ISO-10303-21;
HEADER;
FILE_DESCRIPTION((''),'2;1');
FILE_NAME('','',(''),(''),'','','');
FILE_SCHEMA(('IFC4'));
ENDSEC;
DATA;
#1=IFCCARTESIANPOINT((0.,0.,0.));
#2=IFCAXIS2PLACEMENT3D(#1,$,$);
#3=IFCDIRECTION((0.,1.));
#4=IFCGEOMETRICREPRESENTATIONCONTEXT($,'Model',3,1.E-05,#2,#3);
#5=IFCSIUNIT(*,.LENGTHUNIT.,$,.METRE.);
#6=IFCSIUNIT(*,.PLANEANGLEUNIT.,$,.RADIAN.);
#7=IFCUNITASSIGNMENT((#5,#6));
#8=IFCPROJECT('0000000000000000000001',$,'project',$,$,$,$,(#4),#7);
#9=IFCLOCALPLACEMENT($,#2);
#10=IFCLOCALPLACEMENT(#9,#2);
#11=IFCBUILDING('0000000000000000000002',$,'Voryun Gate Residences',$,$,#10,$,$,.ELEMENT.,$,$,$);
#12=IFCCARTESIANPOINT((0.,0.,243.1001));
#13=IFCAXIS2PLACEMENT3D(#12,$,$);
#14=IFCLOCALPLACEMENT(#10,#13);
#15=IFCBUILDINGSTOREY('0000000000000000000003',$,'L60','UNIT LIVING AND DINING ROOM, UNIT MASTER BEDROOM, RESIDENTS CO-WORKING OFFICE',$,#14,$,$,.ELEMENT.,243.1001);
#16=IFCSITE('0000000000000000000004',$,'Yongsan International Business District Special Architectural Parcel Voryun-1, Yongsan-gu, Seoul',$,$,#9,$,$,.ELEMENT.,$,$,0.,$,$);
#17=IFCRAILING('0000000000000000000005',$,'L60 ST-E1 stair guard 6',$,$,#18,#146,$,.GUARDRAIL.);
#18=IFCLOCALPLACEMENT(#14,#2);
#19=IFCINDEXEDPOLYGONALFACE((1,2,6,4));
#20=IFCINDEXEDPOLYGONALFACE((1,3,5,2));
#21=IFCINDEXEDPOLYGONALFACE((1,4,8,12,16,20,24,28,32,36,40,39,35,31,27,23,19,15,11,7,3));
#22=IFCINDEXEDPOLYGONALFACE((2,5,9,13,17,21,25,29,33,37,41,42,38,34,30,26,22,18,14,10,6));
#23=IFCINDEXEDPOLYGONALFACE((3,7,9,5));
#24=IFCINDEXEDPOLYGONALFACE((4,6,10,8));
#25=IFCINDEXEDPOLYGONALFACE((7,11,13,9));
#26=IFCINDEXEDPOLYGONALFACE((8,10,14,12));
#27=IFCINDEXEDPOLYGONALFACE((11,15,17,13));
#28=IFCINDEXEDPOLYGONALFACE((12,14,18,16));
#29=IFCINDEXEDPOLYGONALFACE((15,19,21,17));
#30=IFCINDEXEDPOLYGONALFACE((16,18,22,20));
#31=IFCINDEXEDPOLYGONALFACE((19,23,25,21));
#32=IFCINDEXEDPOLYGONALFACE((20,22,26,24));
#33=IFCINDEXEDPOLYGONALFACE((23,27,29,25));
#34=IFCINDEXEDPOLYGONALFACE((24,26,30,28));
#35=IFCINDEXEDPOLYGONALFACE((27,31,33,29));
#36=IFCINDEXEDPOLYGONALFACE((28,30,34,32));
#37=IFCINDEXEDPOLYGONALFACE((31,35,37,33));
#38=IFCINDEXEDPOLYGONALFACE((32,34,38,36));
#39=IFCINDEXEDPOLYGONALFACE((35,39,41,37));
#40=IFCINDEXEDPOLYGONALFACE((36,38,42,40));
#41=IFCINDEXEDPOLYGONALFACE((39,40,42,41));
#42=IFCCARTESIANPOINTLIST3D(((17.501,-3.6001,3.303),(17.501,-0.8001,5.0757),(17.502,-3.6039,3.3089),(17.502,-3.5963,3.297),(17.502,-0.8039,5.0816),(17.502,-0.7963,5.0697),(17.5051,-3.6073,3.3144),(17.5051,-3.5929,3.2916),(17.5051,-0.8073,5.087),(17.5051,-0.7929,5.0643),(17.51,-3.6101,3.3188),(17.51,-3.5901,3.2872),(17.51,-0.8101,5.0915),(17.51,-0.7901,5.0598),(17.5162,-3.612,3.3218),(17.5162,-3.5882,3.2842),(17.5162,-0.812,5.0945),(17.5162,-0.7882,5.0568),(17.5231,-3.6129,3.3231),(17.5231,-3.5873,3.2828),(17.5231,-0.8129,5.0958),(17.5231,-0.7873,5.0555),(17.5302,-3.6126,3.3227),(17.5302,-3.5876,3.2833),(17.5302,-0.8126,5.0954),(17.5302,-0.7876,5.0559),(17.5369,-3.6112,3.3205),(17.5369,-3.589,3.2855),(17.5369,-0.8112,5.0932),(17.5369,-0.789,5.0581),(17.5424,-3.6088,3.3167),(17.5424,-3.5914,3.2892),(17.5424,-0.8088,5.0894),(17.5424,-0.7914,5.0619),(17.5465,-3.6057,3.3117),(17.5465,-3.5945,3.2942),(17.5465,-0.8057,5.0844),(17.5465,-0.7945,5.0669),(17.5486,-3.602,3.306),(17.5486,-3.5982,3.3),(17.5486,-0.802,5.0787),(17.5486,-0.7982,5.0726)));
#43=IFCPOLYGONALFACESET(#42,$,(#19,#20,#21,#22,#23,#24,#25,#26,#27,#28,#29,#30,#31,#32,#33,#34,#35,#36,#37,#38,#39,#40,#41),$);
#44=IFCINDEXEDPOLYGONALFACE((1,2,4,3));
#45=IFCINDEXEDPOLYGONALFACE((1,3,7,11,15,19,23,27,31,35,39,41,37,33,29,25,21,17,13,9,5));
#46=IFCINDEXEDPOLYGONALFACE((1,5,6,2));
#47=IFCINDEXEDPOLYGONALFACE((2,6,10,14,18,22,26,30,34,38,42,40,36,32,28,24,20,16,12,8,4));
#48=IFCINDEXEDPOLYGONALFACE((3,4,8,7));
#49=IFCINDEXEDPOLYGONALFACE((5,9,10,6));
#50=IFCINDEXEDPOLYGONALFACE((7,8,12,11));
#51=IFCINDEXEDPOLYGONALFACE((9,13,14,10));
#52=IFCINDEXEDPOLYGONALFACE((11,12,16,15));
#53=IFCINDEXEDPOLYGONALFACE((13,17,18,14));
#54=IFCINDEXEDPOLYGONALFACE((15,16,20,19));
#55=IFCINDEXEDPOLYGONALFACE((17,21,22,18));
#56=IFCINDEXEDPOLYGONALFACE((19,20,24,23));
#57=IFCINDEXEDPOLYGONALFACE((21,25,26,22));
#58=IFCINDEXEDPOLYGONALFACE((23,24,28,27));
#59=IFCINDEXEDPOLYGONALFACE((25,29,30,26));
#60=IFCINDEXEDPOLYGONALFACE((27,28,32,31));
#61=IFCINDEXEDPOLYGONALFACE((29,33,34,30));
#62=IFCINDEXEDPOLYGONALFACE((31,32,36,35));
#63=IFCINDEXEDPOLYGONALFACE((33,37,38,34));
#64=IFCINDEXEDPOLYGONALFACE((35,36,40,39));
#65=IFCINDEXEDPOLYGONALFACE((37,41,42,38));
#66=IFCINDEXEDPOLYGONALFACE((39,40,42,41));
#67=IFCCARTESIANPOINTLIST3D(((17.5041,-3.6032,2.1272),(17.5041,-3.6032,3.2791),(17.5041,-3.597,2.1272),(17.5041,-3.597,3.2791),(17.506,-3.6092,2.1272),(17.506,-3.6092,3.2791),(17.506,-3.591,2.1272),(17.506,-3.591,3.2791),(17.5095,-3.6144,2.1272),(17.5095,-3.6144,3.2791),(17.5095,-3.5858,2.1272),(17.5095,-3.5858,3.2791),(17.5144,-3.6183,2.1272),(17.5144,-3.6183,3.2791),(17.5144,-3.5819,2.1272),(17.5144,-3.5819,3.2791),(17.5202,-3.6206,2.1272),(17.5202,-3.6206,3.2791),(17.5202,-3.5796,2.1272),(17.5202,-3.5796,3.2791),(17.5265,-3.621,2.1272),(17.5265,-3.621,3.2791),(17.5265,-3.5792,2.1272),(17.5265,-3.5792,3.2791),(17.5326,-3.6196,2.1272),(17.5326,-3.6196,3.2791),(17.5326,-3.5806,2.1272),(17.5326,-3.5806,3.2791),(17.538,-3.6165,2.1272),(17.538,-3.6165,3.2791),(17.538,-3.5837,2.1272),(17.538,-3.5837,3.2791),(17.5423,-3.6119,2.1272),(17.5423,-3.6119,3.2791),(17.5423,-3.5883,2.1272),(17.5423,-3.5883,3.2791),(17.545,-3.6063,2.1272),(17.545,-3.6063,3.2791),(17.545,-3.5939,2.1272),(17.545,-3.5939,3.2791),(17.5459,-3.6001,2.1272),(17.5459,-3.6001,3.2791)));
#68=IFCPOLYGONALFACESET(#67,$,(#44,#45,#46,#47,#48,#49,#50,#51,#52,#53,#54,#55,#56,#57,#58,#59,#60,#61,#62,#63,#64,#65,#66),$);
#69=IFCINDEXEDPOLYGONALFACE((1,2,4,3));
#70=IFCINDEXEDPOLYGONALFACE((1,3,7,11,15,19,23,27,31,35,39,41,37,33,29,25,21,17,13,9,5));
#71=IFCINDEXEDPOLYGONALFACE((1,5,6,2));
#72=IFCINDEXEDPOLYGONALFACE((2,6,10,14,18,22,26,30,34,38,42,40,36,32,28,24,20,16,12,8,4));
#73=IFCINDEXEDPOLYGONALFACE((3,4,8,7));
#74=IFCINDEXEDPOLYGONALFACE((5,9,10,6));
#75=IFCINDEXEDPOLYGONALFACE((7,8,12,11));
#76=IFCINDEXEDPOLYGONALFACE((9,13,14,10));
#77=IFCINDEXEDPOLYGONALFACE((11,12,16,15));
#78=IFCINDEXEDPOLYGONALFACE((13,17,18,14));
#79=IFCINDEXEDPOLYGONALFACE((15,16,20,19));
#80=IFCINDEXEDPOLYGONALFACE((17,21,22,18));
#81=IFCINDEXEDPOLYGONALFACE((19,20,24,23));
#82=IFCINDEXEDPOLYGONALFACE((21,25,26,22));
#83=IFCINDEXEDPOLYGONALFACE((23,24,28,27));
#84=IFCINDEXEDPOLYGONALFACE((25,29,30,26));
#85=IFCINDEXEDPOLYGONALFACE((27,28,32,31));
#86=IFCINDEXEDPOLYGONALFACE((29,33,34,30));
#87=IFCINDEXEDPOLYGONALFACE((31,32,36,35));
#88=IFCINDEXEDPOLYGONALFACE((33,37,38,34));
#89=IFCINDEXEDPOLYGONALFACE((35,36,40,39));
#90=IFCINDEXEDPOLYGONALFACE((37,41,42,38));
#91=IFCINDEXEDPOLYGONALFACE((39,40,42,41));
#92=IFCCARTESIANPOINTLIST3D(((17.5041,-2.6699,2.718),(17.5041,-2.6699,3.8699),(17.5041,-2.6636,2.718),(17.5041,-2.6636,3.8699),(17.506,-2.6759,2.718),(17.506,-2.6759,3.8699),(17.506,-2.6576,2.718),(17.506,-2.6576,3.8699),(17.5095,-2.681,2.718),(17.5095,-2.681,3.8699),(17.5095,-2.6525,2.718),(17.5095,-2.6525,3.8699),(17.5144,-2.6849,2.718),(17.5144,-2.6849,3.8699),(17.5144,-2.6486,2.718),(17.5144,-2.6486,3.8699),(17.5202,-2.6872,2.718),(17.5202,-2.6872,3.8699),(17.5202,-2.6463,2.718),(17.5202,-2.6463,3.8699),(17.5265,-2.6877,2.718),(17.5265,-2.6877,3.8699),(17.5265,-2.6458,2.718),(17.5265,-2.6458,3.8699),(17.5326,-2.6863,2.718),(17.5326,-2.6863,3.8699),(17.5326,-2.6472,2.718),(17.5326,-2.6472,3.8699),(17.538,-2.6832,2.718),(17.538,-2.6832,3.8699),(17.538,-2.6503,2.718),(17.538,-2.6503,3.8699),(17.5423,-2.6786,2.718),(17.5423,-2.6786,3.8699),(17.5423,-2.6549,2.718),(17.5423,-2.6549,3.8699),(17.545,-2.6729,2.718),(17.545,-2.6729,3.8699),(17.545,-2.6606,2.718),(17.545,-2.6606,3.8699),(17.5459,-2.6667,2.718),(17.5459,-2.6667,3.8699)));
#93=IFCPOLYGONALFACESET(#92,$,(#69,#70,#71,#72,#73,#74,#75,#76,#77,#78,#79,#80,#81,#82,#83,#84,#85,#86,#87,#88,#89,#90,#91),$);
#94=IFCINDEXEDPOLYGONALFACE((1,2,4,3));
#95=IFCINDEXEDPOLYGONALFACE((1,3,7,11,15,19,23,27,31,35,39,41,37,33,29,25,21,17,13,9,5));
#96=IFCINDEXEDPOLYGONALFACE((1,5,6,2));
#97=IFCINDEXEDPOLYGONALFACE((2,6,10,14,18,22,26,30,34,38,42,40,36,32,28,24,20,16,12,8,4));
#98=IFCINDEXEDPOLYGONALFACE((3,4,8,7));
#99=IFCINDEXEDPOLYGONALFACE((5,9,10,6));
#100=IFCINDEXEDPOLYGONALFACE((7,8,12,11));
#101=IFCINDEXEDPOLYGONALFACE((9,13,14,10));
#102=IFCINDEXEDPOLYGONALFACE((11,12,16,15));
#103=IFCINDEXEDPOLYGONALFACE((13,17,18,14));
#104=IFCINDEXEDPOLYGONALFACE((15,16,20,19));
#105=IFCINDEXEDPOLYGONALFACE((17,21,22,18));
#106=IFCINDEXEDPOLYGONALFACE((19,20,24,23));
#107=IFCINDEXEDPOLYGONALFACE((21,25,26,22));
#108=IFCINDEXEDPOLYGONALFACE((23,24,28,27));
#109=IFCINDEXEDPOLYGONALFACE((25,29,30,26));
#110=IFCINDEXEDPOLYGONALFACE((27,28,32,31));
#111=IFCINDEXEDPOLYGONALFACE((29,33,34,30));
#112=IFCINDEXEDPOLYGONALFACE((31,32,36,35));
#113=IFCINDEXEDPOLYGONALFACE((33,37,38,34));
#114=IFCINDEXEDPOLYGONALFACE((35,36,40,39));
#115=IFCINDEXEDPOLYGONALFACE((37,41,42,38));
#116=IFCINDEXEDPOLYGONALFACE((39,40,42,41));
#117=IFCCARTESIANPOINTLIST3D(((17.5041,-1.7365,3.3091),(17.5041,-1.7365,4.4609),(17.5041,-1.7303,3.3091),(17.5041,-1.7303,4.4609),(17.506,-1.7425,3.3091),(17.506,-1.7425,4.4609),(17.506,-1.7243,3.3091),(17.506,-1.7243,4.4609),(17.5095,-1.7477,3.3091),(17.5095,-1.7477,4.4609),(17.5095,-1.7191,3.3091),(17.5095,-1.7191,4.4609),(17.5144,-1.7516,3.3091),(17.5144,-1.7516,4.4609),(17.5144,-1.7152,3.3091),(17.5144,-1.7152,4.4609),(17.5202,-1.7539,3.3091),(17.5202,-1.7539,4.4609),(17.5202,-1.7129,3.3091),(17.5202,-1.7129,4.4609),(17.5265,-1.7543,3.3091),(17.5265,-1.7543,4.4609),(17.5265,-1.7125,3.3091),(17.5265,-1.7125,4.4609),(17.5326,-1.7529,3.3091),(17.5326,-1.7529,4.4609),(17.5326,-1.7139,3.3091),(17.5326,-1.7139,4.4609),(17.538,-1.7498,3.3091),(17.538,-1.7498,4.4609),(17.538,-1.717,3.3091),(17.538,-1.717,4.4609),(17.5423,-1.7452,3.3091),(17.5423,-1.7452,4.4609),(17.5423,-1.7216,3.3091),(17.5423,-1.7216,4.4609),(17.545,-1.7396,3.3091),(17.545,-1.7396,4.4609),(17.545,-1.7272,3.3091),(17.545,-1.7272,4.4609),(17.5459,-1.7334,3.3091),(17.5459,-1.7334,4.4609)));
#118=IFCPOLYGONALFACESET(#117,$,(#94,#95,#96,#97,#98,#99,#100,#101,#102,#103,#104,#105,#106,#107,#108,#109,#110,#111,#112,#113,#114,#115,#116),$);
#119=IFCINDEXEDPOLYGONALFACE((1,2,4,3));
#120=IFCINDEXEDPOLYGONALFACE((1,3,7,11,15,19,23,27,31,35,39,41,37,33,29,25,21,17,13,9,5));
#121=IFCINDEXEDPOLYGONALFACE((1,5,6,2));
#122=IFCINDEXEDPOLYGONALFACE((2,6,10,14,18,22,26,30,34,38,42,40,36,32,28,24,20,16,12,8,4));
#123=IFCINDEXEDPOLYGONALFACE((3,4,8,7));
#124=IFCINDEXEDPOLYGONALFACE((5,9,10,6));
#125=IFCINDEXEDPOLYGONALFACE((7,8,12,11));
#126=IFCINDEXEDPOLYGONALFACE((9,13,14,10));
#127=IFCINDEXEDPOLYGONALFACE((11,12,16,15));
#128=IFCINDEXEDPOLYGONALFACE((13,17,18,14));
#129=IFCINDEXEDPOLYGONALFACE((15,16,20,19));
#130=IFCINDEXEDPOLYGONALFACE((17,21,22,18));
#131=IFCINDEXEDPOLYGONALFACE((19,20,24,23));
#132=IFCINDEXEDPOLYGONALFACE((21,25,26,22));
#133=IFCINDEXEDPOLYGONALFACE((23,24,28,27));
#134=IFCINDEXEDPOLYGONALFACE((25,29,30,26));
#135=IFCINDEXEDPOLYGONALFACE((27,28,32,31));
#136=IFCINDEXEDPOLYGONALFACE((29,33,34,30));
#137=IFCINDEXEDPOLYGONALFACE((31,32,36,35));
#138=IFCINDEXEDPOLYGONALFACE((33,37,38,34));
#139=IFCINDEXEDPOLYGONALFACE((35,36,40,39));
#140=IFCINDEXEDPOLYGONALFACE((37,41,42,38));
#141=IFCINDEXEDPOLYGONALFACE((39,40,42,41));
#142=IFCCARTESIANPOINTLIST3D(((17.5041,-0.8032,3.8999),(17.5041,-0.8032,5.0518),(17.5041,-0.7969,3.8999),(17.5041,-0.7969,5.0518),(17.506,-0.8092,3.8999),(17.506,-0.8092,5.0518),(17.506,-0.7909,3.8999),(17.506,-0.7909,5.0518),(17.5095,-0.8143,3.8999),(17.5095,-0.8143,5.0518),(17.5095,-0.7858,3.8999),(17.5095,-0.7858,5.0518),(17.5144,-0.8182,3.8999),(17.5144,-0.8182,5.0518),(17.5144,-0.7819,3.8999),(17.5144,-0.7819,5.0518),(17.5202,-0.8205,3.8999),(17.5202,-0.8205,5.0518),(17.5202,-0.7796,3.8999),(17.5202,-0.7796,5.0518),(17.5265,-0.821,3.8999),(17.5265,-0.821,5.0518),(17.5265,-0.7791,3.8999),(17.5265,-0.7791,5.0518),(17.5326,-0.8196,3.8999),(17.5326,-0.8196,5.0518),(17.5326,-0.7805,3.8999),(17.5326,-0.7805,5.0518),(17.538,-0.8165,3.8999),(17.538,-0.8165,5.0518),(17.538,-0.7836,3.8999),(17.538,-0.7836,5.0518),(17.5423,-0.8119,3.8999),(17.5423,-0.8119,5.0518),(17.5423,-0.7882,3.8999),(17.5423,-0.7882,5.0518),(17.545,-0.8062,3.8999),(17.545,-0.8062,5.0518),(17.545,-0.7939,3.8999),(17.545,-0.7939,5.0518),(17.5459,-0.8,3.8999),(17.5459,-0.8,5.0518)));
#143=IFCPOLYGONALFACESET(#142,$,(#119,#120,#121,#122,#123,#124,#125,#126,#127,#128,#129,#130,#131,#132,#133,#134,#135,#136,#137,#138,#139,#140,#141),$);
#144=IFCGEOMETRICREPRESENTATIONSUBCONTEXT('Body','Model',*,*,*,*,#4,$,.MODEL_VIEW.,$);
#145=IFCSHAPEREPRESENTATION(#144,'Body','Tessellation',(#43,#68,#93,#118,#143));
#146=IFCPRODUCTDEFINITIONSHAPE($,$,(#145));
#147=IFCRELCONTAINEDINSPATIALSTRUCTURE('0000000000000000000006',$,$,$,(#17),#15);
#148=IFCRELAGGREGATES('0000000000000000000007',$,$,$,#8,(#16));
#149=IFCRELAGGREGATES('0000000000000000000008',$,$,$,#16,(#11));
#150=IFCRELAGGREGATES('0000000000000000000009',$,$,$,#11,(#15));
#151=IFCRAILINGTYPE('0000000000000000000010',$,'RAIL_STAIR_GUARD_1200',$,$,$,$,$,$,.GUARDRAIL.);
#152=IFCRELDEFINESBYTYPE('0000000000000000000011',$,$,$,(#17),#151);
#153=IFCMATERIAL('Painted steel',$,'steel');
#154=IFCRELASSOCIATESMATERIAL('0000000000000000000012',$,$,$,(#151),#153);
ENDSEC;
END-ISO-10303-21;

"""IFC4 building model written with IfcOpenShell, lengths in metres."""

from ifc_helpers import new_model, si_unit, direction, frame, origin, origin_2d, place, context, subcontext, project, spatial, circle, extrude, material, type_object, element, save


model = new_model("IFC4")

# Units and contexts
model_context = context("Model", 3, precision=1e-05, world=origin(), true_north=direction((0.0, 1.0)))
body_context = subcontext(model_context, "Body", "Model", "MODEL_VIEW")
ifc_project = project(units=[si_unit("LENGTHUNIT", "METRE"), si_unit("PLANEANGLEUNIT", "RADIAN")], contexts=[model_context])

# Site, building, storey
site_placement = place(None, origin())
site = spatial("IfcSite", under=ifc_project, at=site_placement, Name="Yongsan International Business District Special Architectural Parcel Voryun-1, Yongsan-gu, Seoul", CompositionType="ELEMENT", RefElevation=0.0)
building_placement = place(site_placement, origin())
building = spatial("IfcBuilding", under=site, at=building_placement, Name="Voryun Gate Residences", CompositionType="ELEMENT")
storey_placement = place(building_placement, frame((0.0, 0.0, 243.1001)))
storey = spatial("IfcBuildingStorey", under=building, at=storey_placement, Name="L60", Description="UNIT LIVING AND DINING ROOM, UNIT MASTER BEDROOM, RESIDENTS CO-WORKING OFFICE", CompositionType="ELEMENT", Elevation=243.1001)

# Railing
ifc_material_1 = material(Name="Painted steel", Category="steel")
railing_type_1 = type_object("IfcRailingType", Name="RAIL_STAIR_GUARD_1200", PredefinedType="GUARDRAIL", material=ifc_material_1)
railing_1_placement = place(storey_placement, frame((17.5249, -3.6001, 2.1272)))
element("IfcRailing", 1, at=railing_1_placement, inside=storey, type_object=railing_type_1, Name="L60 ST-E1 stair guard 6", PredefinedType="GUARDRAIL", context=body_context, shape_type="SweptSolid", body=[
    extrude(circle(Radius=0.0239, at=origin_2d()), frame((0.0, 0.0, 1.1758), z_axis=(0.0, 0.844909, 0.53491), x_axis=(-1.0, 0.0, 0.0)), (0.0, 0.0, 1.0), 3.314),
    extrude(circle(Radius=0.021, at=origin_2d()), origin(), (0.0, 0.0, 1.0), 1.1519),
    extrude(circle(Radius=0.021, at=origin_2d()), frame((0.0, 0.9333, 0.5908)), (0.0, 0.0, 1.0), 1.1519),
    extrude(circle(Radius=0.021, at=origin_2d()), frame((0.0, 1.8667, 1.1819)), (0.0, 0.0, 1.0), 1.1519),
    extrude(circle(Radius=0.021, at=origin_2d()), frame((0.0, 2.8, 1.7727)), (0.0, 0.0, 1.0), 1.1519),
])

save(model, "model.ifc")
